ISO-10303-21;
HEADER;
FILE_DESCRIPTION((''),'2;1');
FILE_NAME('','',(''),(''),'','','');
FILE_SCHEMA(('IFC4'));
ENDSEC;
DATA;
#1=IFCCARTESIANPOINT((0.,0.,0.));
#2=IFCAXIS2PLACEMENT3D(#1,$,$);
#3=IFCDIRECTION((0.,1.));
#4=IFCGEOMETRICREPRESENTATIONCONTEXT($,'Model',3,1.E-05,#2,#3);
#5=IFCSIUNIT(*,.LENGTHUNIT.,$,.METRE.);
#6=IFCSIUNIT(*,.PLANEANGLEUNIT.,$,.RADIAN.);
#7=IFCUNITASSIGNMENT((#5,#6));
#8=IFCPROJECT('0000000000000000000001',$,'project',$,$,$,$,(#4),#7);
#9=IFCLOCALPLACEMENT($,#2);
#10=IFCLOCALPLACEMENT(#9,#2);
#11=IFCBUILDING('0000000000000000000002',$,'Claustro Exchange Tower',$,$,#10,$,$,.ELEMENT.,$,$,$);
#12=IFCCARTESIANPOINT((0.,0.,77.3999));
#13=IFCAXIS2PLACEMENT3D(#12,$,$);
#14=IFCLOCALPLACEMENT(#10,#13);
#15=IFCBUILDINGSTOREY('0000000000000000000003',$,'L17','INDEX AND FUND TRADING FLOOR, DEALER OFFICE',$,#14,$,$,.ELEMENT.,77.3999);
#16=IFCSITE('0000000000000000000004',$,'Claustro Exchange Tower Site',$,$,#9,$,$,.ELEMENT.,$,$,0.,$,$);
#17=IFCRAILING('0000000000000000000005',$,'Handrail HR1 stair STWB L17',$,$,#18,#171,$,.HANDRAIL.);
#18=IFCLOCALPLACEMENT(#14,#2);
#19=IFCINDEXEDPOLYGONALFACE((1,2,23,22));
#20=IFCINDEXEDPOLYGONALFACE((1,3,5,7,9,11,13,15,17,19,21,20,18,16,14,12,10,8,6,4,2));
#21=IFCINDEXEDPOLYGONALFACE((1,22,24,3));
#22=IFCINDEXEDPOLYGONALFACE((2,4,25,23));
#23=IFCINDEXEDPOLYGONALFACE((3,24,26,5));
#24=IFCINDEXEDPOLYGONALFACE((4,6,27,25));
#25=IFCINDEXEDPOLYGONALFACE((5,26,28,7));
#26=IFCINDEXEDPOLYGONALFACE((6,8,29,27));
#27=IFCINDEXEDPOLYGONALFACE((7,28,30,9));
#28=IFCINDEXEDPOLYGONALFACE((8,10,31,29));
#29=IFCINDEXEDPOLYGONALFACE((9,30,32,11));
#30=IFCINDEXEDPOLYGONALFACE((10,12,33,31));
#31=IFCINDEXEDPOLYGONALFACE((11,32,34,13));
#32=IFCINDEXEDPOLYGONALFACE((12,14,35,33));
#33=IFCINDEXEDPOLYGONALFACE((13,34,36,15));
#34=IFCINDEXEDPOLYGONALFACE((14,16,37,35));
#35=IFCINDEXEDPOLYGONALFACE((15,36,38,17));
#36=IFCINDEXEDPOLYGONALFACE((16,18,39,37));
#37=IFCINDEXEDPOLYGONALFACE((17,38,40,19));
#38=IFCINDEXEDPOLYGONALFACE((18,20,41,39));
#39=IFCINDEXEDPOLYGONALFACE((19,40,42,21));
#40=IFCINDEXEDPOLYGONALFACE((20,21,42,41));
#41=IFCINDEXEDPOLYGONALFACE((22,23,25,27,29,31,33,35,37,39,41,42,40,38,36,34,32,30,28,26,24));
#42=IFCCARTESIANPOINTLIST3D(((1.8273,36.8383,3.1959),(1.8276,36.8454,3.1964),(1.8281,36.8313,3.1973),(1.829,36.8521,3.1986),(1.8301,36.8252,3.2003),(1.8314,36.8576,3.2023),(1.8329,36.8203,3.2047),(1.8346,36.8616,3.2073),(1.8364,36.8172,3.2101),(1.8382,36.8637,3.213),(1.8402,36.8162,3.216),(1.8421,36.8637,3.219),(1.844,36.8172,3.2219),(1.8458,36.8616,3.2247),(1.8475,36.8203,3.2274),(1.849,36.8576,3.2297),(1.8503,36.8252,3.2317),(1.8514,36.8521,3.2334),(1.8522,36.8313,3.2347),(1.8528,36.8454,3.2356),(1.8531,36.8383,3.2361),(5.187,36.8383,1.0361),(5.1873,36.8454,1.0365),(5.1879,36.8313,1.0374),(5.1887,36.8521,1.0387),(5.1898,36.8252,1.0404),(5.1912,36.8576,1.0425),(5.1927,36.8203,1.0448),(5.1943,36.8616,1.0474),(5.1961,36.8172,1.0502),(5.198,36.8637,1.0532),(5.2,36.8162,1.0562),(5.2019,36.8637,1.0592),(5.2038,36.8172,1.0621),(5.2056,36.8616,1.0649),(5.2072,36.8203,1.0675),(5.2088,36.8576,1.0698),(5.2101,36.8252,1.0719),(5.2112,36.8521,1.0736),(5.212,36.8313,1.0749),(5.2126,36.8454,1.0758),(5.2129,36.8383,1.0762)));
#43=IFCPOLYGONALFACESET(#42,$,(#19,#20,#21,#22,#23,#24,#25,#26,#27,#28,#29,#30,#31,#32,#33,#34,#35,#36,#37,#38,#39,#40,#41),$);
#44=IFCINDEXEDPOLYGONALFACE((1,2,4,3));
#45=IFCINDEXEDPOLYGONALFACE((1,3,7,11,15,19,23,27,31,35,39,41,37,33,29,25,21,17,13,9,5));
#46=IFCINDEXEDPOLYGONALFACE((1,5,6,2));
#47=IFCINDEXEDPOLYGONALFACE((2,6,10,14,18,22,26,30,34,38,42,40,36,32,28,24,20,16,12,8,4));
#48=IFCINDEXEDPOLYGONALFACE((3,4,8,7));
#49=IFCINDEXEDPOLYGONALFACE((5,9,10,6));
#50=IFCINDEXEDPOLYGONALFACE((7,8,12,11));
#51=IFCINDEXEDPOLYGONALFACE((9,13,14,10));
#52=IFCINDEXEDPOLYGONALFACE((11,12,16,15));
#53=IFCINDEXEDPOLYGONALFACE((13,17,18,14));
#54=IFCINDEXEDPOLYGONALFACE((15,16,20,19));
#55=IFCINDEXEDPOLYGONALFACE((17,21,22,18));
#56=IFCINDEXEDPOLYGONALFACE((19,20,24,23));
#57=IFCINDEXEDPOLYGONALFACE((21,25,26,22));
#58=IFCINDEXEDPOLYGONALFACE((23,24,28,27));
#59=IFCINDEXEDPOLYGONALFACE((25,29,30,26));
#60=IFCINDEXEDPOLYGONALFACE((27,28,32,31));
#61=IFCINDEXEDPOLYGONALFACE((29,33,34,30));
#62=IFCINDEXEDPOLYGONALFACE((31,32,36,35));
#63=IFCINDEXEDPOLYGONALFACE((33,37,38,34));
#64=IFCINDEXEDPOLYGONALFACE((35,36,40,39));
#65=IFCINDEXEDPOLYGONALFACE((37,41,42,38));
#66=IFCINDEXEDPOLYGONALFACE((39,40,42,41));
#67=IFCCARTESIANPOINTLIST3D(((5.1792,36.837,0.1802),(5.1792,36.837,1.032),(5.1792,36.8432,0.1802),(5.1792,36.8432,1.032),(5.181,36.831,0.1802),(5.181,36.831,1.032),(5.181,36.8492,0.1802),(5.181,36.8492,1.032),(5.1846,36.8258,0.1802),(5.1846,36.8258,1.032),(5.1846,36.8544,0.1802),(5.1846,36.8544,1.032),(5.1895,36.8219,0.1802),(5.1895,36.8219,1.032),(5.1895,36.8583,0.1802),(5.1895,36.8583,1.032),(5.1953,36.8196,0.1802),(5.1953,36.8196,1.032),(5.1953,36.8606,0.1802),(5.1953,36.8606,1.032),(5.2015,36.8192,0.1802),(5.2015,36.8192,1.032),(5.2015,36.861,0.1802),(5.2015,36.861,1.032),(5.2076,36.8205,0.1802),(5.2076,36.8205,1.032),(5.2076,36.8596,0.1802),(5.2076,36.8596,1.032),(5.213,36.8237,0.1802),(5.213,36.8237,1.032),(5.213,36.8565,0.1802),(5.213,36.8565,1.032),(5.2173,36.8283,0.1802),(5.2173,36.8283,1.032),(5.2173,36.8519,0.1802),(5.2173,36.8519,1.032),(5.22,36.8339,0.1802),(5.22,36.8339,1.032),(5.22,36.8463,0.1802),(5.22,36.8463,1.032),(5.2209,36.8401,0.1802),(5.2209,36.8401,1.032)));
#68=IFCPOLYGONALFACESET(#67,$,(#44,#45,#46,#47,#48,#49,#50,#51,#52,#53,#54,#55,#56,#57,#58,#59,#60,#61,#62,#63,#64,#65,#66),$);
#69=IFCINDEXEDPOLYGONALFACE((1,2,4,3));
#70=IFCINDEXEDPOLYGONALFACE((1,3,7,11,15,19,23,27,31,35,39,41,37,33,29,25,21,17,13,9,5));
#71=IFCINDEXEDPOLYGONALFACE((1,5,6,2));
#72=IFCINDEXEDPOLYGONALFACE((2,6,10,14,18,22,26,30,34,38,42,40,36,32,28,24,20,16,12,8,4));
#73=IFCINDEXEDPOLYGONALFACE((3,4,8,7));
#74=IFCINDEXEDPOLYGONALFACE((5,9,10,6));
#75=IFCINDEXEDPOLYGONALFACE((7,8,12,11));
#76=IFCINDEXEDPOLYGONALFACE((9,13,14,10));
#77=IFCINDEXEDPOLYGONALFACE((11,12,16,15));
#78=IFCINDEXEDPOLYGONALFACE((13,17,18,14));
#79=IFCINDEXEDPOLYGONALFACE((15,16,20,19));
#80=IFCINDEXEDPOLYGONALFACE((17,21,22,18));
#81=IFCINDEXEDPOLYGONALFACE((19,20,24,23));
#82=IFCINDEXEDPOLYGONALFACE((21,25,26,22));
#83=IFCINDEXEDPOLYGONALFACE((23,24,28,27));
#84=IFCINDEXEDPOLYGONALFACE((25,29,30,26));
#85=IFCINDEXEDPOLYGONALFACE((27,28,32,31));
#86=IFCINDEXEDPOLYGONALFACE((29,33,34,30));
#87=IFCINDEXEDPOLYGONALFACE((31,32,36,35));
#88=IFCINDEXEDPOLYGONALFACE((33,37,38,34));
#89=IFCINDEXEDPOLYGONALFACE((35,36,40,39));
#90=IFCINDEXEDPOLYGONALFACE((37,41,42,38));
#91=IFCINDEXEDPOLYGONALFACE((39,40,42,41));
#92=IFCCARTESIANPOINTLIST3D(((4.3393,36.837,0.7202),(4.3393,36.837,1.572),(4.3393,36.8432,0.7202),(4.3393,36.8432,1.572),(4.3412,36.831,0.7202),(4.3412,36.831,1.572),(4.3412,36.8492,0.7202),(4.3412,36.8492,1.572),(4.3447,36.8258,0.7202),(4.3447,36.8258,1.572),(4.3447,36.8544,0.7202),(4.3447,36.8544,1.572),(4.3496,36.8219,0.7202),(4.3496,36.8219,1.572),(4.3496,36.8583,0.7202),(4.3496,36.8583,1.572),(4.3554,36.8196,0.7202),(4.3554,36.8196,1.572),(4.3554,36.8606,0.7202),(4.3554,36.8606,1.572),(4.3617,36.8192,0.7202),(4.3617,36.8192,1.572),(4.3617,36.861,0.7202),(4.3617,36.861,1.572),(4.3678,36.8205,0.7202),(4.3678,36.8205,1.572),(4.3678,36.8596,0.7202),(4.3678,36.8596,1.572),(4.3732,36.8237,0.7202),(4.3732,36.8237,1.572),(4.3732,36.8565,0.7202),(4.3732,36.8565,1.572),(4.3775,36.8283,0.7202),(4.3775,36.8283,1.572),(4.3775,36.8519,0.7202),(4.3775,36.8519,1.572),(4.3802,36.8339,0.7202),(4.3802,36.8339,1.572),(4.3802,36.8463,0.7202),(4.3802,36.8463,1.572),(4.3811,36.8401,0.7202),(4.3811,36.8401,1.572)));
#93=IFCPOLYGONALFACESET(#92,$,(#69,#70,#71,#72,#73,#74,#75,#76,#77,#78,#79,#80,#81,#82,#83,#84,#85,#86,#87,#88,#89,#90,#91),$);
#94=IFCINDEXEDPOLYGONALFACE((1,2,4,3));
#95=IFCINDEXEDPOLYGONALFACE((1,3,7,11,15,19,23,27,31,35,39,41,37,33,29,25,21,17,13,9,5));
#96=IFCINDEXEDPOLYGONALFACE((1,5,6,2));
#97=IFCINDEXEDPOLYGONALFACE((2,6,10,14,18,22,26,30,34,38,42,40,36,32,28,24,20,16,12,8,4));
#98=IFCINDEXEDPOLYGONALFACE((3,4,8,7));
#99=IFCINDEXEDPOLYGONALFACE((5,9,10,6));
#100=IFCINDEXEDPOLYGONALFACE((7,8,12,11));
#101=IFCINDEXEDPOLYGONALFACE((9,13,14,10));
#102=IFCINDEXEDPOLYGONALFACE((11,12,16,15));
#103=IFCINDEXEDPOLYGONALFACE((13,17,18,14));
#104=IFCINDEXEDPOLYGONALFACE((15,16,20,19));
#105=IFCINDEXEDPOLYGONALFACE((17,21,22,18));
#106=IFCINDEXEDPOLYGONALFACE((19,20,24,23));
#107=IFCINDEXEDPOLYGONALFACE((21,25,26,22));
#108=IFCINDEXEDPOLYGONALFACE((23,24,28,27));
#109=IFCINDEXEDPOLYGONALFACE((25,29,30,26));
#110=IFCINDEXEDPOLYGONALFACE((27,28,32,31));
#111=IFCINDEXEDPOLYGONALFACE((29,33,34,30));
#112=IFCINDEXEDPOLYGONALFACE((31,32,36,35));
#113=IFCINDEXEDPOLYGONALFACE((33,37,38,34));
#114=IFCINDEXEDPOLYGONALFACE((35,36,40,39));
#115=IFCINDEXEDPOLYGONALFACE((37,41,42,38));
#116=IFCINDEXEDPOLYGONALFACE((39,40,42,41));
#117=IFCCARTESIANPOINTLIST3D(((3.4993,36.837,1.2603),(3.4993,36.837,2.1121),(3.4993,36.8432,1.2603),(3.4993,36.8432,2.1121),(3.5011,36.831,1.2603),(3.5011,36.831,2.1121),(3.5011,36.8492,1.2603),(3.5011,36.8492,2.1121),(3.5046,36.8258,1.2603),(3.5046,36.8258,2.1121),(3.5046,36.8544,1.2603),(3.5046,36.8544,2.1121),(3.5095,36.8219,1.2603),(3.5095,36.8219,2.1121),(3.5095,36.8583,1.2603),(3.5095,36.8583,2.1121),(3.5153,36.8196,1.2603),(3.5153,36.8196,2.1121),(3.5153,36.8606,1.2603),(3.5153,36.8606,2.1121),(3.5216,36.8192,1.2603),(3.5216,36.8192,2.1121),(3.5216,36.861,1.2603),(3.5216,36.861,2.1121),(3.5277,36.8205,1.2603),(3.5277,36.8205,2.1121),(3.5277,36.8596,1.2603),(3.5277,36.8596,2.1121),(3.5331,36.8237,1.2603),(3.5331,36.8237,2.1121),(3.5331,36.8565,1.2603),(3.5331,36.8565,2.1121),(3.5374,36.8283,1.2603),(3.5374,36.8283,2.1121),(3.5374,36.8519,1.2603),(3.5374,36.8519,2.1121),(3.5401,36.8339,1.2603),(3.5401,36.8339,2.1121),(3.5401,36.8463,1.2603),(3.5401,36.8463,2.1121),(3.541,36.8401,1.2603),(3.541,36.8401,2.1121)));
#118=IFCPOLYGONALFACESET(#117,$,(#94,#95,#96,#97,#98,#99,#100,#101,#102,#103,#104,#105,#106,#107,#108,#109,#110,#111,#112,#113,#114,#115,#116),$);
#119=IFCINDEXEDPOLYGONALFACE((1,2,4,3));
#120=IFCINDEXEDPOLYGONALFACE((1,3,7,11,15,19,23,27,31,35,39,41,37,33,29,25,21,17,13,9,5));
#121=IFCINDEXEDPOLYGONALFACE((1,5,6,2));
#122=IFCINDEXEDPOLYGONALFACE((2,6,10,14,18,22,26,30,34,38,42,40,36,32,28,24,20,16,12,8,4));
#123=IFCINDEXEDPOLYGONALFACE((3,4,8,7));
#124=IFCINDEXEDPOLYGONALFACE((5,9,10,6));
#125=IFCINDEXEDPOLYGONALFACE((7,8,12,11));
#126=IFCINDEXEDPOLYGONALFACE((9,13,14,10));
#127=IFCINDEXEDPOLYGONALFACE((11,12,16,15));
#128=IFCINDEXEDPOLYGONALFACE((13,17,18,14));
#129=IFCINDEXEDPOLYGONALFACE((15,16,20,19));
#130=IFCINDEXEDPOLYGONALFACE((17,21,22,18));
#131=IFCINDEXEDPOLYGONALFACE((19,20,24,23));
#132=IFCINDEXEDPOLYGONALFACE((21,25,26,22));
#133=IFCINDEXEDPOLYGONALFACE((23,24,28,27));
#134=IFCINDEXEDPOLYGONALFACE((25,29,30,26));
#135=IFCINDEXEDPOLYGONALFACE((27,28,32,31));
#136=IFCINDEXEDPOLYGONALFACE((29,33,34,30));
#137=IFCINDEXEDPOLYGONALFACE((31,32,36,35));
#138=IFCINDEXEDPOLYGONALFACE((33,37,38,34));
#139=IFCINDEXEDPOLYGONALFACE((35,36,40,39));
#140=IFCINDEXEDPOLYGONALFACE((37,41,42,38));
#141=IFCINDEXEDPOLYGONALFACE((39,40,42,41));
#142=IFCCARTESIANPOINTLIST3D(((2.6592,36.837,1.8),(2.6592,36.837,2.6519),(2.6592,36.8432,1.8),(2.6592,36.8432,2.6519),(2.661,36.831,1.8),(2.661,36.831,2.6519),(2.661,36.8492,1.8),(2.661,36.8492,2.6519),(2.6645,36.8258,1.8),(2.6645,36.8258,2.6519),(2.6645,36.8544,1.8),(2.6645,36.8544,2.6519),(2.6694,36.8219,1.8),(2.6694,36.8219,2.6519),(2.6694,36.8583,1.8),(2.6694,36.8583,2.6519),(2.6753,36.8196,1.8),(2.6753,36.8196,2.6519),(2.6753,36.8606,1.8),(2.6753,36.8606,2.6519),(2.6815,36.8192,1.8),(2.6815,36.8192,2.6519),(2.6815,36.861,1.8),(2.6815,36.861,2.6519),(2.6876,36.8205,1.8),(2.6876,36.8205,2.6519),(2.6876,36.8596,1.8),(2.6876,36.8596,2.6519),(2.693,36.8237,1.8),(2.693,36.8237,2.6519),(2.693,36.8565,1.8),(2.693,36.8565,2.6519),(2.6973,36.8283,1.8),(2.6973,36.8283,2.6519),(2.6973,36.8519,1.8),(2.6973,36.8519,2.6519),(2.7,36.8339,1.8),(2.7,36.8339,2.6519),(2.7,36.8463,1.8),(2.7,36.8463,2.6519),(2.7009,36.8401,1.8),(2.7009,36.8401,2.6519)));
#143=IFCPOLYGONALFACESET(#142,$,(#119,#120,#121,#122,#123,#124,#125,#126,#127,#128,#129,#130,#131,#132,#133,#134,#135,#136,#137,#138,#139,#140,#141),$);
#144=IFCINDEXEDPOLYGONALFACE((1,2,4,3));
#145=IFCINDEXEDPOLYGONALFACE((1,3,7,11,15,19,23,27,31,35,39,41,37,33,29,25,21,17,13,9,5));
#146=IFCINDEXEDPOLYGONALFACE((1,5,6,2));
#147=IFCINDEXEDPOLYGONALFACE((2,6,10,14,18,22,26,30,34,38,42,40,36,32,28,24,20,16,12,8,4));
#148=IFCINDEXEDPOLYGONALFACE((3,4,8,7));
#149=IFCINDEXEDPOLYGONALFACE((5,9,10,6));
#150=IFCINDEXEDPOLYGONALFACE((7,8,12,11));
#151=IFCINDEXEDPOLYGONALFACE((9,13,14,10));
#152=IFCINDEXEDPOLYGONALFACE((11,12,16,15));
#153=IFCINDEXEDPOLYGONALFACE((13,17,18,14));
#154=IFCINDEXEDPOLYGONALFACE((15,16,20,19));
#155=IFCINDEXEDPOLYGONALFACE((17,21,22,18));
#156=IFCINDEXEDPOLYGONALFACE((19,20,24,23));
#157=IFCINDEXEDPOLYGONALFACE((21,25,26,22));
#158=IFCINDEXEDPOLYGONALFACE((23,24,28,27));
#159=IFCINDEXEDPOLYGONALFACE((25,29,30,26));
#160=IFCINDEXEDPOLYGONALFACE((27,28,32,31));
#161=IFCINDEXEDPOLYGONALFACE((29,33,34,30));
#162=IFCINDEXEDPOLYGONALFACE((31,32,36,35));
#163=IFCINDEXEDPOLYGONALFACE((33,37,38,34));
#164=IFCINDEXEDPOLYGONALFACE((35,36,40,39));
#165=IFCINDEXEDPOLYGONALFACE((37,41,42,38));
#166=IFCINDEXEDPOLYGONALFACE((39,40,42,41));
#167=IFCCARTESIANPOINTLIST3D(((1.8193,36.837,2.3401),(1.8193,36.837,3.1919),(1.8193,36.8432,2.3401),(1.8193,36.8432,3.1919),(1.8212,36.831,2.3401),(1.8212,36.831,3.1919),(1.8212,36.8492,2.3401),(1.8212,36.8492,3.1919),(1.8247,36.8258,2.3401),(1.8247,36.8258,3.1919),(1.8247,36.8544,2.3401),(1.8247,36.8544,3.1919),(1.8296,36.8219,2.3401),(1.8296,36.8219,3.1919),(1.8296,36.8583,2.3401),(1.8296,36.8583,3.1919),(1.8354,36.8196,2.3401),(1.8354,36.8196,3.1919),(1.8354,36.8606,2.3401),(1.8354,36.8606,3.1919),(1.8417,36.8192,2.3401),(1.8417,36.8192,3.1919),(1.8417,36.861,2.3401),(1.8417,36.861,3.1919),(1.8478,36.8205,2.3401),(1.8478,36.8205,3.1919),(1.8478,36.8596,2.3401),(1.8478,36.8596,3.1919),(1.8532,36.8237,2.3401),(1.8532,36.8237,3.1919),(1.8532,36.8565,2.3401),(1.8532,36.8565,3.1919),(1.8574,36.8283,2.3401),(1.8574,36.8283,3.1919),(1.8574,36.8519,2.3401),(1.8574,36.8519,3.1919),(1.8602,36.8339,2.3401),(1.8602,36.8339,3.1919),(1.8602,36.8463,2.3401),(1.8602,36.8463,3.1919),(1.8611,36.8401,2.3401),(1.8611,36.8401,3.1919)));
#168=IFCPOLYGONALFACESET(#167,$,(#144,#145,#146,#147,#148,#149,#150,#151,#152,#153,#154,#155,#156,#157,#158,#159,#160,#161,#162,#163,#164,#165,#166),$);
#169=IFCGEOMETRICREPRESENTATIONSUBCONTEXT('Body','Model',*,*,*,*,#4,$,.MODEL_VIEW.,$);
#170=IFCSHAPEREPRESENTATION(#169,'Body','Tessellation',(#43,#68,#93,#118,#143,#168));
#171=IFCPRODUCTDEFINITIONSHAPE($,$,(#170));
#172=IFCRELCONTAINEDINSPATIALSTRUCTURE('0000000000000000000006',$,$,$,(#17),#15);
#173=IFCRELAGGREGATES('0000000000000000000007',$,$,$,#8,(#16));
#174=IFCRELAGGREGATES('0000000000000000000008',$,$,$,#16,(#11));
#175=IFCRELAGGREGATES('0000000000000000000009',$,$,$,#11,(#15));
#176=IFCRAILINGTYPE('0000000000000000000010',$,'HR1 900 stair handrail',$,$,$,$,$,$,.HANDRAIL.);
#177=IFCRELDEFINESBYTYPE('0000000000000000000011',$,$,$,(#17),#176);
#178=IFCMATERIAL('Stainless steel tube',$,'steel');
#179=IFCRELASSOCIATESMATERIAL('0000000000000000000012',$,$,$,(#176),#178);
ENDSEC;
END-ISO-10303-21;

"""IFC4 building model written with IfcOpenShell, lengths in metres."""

from ifc_helpers import new_model, si_unit, direction, frame, origin, origin_2d, place, context, subcontext, project, spatial, circle, extrude, material, type_object, element, save


model = new_model("IFC4")

# Units and contexts
model_context = context("Model", 3, precision=1e-05, world=origin(), true_north=direction((0.0, 1.0)))
body_context = subcontext(model_context, "Body", "Model", "MODEL_VIEW")
ifc_project = project(units=[si_unit("LENGTHUNIT", "METRE"), si_unit("PLANEANGLEUNIT", "RADIAN")], contexts=[model_context])

# Site, building, storey
site_placement = place(None, origin())
site = spatial("IfcSite", under=ifc_project, at=site_placement, Name="Claustro Exchange Tower Site", CompositionType="ELEMENT", RefElevation=0.0)
building_placement = place(site_placement, origin())
building = spatial("IfcBuilding", under=site, at=building_placement, Name="Claustro Exchange Tower", CompositionType="ELEMENT")
storey_placement = place(building_placement, frame((0.0, 0.0, 77.3999)))
storey = spatial("IfcBuildingStorey", under=building, at=storey_placement, Name="L17", Description="INDEX AND FUND TRADING FLOOR, DEALER OFFICE", CompositionType="ELEMENT", Elevation=77.3999)

# Railing
ifc_material_1 = material(Name="Stainless steel tube", Category="steel")
railing_type_1 = type_object("IfcRailingType", Name="HR1 900 stair handrail", PredefinedType="HANDRAIL", material=ifc_material_1)
railing_1_placement = place(storey_placement, frame((5.2, 36.8401, 0.1802)))
element("IfcRailing", 1, at=railing_1_placement, inside=storey, type_object=railing_type_1, Name="Handrail HR1 stair STWB L17", PredefinedType="HANDRAIL", context=body_context, shape_type="SweptSolid", body=[
    extrude(circle(Radius=0.0239, at=origin_2d()), frame((0.0, 0.0, 0.876), z_axis=(-0.841178, 0.0, 0.540758), x_axis=(0.0, -1.0, 0.0)), (0.0, 0.0, 1.0), 3.9941),
    extrude(circle(Radius=0.021, at=origin_2d()), origin(), (0.0, 0.0, 1.0), 0.8518),
    extrude(circle(Radius=0.021, at=origin_2d()), frame((-0.8398, 0.0, 0.54)), (0.0, 0.0, 1.0), 0.8518),
    extrude(circle(Radius=0.021, at=origin_2d()), frame((-1.6799, 0.0, 1.0801)), (0.0, 0.0, 1.0), 0.8518),
    extrude(circle(Radius=0.021, at=origin_2d()), frame((-2.52, 0.0, 1.6199)), (0.0, 0.0, 1.0), 0.8518),
    extrude(circle(Radius=0.021, at=origin_2d()), frame((-3.3599, 0.0, 2.1599)), (0.0, 0.0, 1.0), 0.8518),
])

save(model, "model.ifc")
